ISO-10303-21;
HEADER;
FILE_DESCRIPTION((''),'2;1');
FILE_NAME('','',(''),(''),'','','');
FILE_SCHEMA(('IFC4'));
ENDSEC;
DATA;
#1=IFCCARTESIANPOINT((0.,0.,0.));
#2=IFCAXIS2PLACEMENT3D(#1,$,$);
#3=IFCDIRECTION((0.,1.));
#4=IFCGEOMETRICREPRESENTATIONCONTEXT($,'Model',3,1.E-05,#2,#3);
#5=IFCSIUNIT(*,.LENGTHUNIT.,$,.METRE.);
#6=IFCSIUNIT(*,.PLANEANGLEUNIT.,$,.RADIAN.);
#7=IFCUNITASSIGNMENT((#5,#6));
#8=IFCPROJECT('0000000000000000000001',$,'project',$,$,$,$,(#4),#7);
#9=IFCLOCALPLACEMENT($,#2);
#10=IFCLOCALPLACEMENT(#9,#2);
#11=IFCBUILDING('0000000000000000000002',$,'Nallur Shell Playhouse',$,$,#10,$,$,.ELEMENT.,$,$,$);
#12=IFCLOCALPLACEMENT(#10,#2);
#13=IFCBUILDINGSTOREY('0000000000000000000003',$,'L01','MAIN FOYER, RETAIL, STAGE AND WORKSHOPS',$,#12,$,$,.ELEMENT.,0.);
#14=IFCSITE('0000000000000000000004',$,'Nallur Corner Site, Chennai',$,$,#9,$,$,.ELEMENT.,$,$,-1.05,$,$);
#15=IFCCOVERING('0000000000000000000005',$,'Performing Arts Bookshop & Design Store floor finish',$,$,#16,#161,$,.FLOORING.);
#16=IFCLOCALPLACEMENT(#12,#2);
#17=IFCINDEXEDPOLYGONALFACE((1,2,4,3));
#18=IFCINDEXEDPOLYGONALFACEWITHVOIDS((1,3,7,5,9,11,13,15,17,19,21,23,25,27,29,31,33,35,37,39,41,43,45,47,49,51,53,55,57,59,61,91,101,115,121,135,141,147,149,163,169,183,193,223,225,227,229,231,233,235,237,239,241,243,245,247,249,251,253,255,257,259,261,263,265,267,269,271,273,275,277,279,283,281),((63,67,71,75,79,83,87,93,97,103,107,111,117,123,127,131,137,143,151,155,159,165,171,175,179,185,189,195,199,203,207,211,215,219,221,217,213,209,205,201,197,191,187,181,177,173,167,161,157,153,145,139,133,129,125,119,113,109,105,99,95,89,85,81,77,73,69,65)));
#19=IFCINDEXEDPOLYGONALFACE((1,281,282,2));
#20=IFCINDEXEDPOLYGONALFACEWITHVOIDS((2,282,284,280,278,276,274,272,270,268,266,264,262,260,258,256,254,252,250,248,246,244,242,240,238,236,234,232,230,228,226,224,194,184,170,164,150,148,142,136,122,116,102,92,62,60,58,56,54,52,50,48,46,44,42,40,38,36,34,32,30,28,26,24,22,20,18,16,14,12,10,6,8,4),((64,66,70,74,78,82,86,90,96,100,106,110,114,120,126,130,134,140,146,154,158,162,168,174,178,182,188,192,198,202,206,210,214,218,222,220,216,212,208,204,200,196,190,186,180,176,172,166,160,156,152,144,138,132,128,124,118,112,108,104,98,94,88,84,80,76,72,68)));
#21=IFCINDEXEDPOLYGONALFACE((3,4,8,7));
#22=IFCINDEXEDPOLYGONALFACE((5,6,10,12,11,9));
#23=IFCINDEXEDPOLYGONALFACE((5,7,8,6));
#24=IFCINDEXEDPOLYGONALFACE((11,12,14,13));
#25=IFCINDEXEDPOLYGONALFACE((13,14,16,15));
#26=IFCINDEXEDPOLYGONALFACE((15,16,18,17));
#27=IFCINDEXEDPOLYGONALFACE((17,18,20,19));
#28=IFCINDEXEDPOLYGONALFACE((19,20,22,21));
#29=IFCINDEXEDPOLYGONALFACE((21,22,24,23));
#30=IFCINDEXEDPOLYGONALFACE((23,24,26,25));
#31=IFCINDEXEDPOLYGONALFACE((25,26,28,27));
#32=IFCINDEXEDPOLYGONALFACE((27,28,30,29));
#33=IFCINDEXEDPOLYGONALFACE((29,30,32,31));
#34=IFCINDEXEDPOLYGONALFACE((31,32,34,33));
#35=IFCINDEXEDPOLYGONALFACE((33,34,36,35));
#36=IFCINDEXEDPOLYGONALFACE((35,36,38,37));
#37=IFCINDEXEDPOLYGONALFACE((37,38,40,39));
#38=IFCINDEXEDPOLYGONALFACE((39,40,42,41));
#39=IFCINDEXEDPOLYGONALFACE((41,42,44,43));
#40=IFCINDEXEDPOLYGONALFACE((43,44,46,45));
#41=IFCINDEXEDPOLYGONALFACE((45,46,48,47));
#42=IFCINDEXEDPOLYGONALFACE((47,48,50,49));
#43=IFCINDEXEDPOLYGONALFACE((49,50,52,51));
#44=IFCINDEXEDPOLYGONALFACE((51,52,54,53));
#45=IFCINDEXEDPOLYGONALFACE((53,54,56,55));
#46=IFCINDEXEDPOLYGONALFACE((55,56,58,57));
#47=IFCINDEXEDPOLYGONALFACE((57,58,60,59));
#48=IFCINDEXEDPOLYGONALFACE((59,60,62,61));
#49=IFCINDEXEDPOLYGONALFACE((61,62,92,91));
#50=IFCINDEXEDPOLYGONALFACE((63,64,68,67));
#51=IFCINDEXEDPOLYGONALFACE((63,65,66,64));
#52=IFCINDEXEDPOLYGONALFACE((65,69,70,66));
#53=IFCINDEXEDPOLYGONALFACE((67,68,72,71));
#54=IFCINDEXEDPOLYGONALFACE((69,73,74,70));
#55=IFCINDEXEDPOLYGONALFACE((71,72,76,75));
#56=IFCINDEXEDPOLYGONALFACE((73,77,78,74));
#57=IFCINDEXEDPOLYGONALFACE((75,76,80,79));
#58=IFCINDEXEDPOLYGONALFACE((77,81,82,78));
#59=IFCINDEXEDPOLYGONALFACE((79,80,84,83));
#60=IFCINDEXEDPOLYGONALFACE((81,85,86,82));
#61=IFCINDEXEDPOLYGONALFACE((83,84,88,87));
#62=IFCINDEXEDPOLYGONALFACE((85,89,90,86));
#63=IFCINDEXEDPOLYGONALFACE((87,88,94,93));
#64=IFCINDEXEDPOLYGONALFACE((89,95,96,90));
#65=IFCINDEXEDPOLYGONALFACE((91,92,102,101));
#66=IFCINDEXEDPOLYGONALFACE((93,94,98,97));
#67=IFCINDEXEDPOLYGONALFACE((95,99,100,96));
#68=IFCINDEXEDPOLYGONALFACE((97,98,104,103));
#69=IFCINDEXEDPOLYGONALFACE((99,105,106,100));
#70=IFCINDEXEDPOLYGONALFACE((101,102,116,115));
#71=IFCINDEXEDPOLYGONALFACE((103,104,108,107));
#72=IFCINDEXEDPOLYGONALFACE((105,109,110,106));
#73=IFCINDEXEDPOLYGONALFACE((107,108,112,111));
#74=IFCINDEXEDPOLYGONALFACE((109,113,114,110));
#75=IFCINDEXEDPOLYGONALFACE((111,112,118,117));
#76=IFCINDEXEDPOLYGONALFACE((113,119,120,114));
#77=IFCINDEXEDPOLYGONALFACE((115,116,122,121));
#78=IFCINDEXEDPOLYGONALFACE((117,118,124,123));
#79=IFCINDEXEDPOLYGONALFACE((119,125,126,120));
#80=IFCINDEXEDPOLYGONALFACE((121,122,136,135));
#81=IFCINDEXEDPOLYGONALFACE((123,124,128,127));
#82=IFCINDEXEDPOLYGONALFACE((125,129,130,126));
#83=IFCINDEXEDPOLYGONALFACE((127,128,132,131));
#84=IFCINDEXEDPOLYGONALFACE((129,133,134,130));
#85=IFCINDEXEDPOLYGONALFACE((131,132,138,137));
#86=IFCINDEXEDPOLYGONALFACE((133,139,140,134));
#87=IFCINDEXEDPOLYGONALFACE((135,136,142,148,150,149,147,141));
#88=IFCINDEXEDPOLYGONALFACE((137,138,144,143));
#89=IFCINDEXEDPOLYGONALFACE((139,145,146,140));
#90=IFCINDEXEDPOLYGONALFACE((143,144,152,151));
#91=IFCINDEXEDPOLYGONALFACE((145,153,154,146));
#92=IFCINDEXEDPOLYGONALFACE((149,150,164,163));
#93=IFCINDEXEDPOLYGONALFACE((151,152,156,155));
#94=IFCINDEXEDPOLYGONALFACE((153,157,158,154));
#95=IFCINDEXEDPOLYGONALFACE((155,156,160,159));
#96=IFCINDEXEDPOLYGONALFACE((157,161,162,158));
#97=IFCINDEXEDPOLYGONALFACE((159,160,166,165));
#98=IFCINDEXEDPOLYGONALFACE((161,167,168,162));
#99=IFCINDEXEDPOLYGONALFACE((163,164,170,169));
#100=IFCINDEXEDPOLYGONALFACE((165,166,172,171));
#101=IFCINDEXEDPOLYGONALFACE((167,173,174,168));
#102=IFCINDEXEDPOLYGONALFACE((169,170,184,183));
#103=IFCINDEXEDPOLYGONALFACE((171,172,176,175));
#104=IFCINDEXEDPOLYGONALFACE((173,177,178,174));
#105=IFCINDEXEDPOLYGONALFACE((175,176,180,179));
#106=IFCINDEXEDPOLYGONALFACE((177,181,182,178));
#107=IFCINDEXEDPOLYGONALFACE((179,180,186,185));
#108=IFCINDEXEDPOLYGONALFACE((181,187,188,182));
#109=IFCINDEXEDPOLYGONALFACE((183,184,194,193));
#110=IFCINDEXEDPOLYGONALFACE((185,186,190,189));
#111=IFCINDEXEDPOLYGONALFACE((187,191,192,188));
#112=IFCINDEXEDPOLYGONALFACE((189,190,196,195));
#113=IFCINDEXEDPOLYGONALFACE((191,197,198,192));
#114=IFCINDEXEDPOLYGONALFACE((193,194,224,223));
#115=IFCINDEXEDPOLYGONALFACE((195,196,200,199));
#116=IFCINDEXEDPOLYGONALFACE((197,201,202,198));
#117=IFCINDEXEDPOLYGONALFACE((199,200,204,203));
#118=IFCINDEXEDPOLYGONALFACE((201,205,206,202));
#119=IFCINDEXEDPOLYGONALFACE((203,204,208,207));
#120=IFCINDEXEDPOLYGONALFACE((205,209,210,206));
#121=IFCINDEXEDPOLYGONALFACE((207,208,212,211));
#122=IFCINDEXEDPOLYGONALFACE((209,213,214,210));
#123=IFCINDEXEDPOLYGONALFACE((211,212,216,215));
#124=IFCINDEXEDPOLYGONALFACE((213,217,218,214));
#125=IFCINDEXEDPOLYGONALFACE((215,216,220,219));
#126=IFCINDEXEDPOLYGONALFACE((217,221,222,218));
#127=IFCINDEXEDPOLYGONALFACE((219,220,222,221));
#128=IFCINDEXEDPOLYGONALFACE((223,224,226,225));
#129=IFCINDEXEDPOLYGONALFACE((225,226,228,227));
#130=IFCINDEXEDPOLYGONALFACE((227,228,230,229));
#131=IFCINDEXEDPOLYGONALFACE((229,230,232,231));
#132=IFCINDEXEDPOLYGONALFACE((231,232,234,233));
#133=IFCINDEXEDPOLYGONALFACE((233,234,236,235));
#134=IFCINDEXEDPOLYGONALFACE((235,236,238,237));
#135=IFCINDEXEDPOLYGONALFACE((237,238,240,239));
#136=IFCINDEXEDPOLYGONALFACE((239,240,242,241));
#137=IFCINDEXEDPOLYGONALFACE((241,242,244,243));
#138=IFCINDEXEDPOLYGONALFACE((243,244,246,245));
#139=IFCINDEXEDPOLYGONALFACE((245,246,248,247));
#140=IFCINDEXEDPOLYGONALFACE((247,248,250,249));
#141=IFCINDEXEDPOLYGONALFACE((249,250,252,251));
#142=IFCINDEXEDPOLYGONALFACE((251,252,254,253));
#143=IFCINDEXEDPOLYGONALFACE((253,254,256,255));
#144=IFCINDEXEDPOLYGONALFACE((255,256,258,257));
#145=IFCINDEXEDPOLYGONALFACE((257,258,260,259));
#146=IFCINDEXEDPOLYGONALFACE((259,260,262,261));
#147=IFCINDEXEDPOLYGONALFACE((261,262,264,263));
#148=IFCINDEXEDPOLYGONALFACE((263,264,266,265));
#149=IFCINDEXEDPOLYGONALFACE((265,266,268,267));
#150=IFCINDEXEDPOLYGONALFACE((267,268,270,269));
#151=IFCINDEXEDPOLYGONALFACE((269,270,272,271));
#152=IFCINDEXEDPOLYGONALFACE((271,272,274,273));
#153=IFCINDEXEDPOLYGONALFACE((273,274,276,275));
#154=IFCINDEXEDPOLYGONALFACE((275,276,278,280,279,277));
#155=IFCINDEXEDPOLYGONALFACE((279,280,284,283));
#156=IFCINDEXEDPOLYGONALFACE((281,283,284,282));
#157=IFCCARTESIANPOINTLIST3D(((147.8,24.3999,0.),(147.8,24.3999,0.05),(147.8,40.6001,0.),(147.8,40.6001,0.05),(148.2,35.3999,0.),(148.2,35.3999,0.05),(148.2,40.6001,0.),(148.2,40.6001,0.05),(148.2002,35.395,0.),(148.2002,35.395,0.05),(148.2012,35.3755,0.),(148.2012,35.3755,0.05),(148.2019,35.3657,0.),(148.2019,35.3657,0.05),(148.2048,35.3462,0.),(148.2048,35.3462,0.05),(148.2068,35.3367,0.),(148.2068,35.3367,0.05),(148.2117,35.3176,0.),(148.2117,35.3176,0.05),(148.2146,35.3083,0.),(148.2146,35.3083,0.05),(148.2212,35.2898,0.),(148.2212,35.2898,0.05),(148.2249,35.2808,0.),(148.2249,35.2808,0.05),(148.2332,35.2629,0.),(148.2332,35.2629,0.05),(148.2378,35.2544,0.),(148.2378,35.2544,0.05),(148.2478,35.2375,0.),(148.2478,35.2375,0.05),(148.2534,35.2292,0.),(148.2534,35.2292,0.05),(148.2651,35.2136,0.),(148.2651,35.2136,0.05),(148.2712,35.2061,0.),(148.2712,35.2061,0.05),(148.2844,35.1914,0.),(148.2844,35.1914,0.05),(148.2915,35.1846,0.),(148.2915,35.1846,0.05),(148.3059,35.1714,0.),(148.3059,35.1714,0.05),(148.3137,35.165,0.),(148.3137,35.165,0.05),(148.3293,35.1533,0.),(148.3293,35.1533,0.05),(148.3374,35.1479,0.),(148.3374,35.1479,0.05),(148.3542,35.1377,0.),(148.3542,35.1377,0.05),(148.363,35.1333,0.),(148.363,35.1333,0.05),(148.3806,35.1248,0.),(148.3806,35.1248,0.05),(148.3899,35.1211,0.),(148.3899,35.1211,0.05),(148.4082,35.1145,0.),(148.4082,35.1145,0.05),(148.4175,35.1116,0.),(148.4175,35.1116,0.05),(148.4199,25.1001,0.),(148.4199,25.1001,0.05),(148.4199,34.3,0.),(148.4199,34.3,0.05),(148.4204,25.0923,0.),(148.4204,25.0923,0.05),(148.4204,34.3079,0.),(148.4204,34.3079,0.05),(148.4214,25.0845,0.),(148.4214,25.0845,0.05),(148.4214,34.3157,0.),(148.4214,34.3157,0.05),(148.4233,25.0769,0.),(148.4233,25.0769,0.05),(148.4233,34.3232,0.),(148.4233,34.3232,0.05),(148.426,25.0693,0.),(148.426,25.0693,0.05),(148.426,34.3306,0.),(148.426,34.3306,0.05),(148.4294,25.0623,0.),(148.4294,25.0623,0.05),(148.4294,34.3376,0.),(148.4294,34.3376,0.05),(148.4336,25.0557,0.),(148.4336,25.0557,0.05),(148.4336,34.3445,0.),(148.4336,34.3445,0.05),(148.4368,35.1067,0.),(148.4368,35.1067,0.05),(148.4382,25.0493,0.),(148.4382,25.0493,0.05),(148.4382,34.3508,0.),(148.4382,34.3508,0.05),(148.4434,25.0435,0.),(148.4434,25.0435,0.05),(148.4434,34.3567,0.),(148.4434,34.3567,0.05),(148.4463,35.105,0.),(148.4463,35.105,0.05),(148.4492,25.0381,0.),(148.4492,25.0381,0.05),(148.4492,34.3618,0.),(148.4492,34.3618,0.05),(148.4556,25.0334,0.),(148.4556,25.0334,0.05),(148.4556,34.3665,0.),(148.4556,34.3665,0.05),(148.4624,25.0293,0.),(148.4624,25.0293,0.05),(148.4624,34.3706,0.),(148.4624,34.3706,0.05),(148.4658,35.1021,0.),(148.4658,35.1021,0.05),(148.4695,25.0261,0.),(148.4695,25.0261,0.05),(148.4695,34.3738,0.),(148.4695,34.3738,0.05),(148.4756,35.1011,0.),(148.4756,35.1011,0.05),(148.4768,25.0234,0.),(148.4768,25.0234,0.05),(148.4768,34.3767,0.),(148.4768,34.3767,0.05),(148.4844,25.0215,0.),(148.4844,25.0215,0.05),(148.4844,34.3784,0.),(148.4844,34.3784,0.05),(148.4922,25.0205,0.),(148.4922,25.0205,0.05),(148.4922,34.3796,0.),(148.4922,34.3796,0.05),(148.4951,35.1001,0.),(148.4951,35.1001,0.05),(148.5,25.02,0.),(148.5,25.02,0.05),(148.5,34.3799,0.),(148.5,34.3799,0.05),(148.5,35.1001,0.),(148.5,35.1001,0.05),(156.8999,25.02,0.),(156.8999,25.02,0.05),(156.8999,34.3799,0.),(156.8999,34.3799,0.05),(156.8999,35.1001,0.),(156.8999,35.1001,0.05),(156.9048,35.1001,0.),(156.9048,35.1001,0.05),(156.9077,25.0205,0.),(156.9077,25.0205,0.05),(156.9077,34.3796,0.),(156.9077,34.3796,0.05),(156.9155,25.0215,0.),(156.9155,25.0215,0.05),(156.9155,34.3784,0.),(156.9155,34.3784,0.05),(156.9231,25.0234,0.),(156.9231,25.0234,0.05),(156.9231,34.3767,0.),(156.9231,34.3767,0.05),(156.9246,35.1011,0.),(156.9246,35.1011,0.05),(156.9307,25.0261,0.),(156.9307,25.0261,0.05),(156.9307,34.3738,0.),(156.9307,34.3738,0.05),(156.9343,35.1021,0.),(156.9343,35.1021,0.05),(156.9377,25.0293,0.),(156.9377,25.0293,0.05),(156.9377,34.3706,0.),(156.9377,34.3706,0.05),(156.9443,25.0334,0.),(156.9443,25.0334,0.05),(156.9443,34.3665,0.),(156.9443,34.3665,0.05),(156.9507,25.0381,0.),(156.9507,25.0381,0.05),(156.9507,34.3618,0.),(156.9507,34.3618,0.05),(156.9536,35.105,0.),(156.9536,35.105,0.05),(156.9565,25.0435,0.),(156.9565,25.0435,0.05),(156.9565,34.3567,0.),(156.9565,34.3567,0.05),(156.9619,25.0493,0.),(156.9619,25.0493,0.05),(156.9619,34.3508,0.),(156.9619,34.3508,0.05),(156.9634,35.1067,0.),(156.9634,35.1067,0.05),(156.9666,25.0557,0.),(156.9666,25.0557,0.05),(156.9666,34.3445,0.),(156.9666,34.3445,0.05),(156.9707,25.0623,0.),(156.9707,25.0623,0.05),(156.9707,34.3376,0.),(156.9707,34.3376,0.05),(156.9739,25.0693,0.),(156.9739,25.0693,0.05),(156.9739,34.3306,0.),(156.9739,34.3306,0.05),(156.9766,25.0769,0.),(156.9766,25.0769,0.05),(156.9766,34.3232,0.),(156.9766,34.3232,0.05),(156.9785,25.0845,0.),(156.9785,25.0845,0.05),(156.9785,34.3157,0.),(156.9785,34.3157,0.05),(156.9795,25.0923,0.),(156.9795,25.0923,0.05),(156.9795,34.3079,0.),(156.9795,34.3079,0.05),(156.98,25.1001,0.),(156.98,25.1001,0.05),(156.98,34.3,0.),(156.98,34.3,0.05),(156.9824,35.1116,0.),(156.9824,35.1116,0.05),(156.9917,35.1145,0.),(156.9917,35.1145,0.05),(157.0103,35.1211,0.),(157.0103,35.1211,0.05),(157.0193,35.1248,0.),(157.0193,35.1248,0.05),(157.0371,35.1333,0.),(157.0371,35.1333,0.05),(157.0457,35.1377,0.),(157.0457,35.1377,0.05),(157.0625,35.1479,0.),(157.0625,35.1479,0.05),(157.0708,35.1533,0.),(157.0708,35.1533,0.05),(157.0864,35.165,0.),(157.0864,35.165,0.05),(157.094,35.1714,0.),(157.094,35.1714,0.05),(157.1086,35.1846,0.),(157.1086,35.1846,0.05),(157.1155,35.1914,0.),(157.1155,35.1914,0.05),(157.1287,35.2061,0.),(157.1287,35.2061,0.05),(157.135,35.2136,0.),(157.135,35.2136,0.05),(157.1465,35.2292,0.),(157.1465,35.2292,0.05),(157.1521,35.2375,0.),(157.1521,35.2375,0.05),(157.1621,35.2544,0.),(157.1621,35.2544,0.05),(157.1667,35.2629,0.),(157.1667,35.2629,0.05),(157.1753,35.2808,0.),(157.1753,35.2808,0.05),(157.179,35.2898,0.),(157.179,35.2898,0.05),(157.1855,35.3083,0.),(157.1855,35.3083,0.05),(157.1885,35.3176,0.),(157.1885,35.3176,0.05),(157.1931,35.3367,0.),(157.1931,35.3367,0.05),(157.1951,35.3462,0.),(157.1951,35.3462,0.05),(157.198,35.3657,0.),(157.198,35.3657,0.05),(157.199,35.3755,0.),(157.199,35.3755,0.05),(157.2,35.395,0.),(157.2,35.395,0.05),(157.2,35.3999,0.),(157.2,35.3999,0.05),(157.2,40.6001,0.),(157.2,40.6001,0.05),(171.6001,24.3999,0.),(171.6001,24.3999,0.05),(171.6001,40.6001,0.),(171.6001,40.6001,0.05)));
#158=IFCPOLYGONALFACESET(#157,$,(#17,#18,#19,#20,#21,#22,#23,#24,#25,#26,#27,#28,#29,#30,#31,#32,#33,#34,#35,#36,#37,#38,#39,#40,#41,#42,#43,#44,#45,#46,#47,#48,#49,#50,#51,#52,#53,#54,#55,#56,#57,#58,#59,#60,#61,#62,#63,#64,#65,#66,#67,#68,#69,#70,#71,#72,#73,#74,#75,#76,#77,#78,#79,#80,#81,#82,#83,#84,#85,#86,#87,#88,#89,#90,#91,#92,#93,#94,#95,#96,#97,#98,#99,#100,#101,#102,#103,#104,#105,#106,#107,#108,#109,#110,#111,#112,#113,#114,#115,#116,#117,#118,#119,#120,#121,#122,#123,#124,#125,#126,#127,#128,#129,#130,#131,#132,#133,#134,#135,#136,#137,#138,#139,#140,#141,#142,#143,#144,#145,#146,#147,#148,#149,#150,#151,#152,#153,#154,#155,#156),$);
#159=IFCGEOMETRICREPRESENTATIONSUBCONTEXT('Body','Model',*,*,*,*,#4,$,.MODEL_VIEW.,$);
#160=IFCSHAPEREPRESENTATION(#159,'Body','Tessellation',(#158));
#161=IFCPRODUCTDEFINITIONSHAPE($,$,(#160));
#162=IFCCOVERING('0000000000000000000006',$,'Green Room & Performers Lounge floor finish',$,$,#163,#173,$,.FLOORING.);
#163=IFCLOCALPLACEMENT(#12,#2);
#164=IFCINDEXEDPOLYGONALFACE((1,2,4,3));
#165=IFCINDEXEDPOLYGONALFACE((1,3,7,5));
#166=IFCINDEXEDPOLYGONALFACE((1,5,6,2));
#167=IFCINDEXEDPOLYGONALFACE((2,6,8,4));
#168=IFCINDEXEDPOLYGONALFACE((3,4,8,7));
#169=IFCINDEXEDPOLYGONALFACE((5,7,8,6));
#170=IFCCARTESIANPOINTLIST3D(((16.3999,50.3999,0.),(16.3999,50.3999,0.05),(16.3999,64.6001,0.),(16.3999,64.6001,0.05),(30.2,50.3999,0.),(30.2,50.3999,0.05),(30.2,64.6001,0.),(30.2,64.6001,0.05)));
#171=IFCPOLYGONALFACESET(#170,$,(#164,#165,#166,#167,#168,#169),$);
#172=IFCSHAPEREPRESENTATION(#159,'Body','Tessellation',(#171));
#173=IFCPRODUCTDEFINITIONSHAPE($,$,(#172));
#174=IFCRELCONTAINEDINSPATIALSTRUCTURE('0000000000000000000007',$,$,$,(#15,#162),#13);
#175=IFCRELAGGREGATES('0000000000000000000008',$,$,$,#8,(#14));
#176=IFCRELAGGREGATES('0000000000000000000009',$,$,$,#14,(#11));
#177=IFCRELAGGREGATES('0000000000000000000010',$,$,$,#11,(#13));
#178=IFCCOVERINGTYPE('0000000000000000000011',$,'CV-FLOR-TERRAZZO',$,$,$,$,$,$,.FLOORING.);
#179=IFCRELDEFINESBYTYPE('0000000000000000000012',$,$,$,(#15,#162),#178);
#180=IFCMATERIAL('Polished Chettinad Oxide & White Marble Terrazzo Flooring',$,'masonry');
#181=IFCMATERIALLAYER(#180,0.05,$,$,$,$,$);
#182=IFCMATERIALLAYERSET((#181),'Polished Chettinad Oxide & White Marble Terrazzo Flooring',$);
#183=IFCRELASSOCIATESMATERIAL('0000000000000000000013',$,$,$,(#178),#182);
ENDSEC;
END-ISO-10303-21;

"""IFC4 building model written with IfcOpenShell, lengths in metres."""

from ifc_helpers import new_model, si_unit, direction, origin, place, context, subcontext, project, spatial, polyline, outline, extrude, material, layer, layer_set, type_object, element, save


model = new_model("IFC4")

# Units and contexts
model_context = context("Model", 3, precision=1e-05, world=origin(), true_north=direction((0.0, 1.0)))
body_context = subcontext(model_context, "Body", "Model", "MODEL_VIEW")
ifc_project = project(units=[si_unit("LENGTHUNIT", "METRE"), si_unit("PLANEANGLEUNIT", "RADIAN")], contexts=[model_context])

# Site, building, storey
site_placement = place(None, origin())
site = spatial("IfcSite", under=ifc_project, at=site_placement, Name="Nallur Corner Site, Chennai", CompositionType="ELEMENT", RefElevation=-1.05)
building_placement = place(site_placement, origin())
building = spatial("IfcBuilding", under=site, at=building_placement, Name="Nallur Shell Playhouse", CompositionType="ELEMENT")
storey_placement = place(building_placement, origin())
storey = spatial("IfcBuildingStorey", under=building, at=storey_placement, Name="L01", Description="MAIN FOYER, RETAIL, STAGE AND WORKSHOPS", CompositionType="ELEMENT", Elevation=0.0)

# Coverings
ifc_material_1 = material(Name="Polished Chettinad Oxide & White Marble Terrazzo Flooring", Category="masonry")
ifc_layer_1 = layer(ifc_material_1, 0.05)
ifc_layer_set_1 = layer_set([ifc_layer_1], Name="Polished Chettinad Oxide & White Marble Terrazzo Flooring")
covering_type_1 = type_object("IfcCoveringType", Name="CV-FLOR-TERRAZZO", PredefinedType="FLOORING", material=ifc_layer_set_1)
covering_1_placement = place(storey_placement, origin())
element("IfcCovering", 1, at=covering_1_placement, inside=storey, type_object=covering_type_1, Name="Performing Arts Bookshop & Design Store floor finish", PredefinedType="FLOORING", context=body_context, shape_type="SweptSolid", body=[
    extrude(outline(polyline([(148.2146, 35.3083), (148.2212, 35.2898), (148.2249, 35.2808), (148.2332, 35.2629), (148.2378, 35.2544), (148.2478, 35.2375), (148.2534, 35.2292), (148.2651, 35.2136), (148.2712, 35.2061), (148.2844, 35.1914), (148.2915, 35.1846), (148.3059, 35.1714), (148.3137, 35.165), (148.3293, 35.1533), (148.3374, 35.1479), (148.3542, 35.1377), (148.363, 35.1333), (148.3806, 35.1248), (148.3899, 35.1211), (148.4082, 35.1145), (148.4175, 35.1116), (148.4368, 35.1067), (148.4463, 35.105), (148.4658, 35.1021), (148.4756, 35.1011), (148.4951, 35.1001), (148.5, 35.1001), (156.8999, 35.1001), (156.9048, 35.1001), (156.9246, 35.1011), (156.9343, 35.1021), (156.9536, 35.105), (156.9634, 35.1067), (156.9824, 35.1116), (156.9917, 35.1145), (157.0103, 35.1211), (157.0193, 35.1248), (157.0371, 35.1333), (157.0457, 35.1377), (157.0625, 35.1479), (157.0708, 35.1533), (157.0864, 35.165), (157.094, 35.1714), (157.1086, 35.1846), (157.1155, 35.1914), (157.1287, 35.2061), (157.135, 35.2136), (157.1465, 35.2292), (157.1521, 35.2375), (157.1621, 35.2544), (157.1667, 35.2629), (157.1753, 35.2808), (157.179, 35.2898), (157.1855, 35.3083), (157.1885, 35.3176), (157.1931, 35.3367), (157.1951, 35.3462), (157.198, 35.3657), (157.199, 35.3755), (157.2, 35.395), (157.2, 35.3999), (157.2, 40.6001), (171.6001, 40.6001), (171.6001, 24.3999), (147.8, 24.3999), (147.8, 40.6001), (148.2, 40.6001), (148.2, 35.3999), (148.2002, 35.395), (148.2012, 35.3755), (148.2019, 35.3657), (148.2048, 35.3462), (148.2068, 35.3367), (148.2117, 35.3176), (148.2146, 35.3083)]), holes=[polyline([(156.9155, 25.0215), (156.9231, 25.0234), (156.9307, 25.0261), (156.9377, 25.0293), (156.9443, 25.0334), (156.9507, 25.0381), (156.9565, 25.0435), (156.9619, 25.0493), (156.9666, 25.0557), (156.9707, 25.0623), (156.9739, 25.0693), (156.9766, 25.0769), (156.9785, 25.0845), (156.9795, 25.0923), (156.98, 25.1001), (156.98, 34.3), (156.9795, 34.3079), (156.9785, 34.3157), (156.9766, 34.3232), (156.9739, 34.3306), (156.9707, 34.3376), (156.9666, 34.3445), (156.9619, 34.3508), (156.9565, 34.3567), (156.9507, 34.3618), (156.9443, 34.3665), (156.9377, 34.3706), (156.9307, 34.3738), (156.9231, 34.3767), (156.9155, 34.3784), (156.9077, 34.3796), (156.8999, 34.3799), (148.5, 34.3799), (148.4922, 34.3796), (148.4844, 34.3784), (148.4768, 34.3767), (148.4695, 34.3738), (148.4624, 34.3706), (148.4556, 34.3665), (148.4492, 34.3618), (148.4434, 34.3567), (148.4382, 34.3508), (148.4336, 34.3445), (148.4294, 34.3376), (148.426, 34.3306), (148.4233, 34.3232), (148.4214, 34.3157), (148.4204, 34.3079), (148.4199, 34.3), (148.4199, 25.1001), (148.4204, 25.0923), (148.4214, 25.0845), (148.4233, 25.0769), (148.426, 25.0693), (148.4294, 25.0623), (148.4336, 25.0557), (148.4382, 25.0493), (148.4434, 25.0435), (148.4492, 25.0381), (148.4556, 25.0334), (148.4624, 25.0293), (148.4695, 25.0261), (148.4768, 25.0234), (148.4844, 25.0215), (148.4922, 25.0205), (148.5, 25.02), (156.8999, 25.02), (156.9077, 25.0205), (156.9155, 25.0215)])]), origin(), (0.0, 0.0, 1.0), 0.05),
])
covering_2_placement = place(storey_placement, origin())
element("IfcCovering", 2, at=covering_2_placement, inside=storey, type_object=covering_type_1, Name="Green Room & Performers Lounge floor finish", PredefinedType="FLOORING", context=body_context, shape_type="SweptSolid", body=[
    extrude(outline(polyline([(30.2, 64.6001), (30.2, 50.3999), (16.3999, 50.3999), (16.3999, 64.6001), (30.2, 64.6001)])), origin(), (0.0, 0.0, 1.0), 0.05),
])

save(model, "model.ifc")
